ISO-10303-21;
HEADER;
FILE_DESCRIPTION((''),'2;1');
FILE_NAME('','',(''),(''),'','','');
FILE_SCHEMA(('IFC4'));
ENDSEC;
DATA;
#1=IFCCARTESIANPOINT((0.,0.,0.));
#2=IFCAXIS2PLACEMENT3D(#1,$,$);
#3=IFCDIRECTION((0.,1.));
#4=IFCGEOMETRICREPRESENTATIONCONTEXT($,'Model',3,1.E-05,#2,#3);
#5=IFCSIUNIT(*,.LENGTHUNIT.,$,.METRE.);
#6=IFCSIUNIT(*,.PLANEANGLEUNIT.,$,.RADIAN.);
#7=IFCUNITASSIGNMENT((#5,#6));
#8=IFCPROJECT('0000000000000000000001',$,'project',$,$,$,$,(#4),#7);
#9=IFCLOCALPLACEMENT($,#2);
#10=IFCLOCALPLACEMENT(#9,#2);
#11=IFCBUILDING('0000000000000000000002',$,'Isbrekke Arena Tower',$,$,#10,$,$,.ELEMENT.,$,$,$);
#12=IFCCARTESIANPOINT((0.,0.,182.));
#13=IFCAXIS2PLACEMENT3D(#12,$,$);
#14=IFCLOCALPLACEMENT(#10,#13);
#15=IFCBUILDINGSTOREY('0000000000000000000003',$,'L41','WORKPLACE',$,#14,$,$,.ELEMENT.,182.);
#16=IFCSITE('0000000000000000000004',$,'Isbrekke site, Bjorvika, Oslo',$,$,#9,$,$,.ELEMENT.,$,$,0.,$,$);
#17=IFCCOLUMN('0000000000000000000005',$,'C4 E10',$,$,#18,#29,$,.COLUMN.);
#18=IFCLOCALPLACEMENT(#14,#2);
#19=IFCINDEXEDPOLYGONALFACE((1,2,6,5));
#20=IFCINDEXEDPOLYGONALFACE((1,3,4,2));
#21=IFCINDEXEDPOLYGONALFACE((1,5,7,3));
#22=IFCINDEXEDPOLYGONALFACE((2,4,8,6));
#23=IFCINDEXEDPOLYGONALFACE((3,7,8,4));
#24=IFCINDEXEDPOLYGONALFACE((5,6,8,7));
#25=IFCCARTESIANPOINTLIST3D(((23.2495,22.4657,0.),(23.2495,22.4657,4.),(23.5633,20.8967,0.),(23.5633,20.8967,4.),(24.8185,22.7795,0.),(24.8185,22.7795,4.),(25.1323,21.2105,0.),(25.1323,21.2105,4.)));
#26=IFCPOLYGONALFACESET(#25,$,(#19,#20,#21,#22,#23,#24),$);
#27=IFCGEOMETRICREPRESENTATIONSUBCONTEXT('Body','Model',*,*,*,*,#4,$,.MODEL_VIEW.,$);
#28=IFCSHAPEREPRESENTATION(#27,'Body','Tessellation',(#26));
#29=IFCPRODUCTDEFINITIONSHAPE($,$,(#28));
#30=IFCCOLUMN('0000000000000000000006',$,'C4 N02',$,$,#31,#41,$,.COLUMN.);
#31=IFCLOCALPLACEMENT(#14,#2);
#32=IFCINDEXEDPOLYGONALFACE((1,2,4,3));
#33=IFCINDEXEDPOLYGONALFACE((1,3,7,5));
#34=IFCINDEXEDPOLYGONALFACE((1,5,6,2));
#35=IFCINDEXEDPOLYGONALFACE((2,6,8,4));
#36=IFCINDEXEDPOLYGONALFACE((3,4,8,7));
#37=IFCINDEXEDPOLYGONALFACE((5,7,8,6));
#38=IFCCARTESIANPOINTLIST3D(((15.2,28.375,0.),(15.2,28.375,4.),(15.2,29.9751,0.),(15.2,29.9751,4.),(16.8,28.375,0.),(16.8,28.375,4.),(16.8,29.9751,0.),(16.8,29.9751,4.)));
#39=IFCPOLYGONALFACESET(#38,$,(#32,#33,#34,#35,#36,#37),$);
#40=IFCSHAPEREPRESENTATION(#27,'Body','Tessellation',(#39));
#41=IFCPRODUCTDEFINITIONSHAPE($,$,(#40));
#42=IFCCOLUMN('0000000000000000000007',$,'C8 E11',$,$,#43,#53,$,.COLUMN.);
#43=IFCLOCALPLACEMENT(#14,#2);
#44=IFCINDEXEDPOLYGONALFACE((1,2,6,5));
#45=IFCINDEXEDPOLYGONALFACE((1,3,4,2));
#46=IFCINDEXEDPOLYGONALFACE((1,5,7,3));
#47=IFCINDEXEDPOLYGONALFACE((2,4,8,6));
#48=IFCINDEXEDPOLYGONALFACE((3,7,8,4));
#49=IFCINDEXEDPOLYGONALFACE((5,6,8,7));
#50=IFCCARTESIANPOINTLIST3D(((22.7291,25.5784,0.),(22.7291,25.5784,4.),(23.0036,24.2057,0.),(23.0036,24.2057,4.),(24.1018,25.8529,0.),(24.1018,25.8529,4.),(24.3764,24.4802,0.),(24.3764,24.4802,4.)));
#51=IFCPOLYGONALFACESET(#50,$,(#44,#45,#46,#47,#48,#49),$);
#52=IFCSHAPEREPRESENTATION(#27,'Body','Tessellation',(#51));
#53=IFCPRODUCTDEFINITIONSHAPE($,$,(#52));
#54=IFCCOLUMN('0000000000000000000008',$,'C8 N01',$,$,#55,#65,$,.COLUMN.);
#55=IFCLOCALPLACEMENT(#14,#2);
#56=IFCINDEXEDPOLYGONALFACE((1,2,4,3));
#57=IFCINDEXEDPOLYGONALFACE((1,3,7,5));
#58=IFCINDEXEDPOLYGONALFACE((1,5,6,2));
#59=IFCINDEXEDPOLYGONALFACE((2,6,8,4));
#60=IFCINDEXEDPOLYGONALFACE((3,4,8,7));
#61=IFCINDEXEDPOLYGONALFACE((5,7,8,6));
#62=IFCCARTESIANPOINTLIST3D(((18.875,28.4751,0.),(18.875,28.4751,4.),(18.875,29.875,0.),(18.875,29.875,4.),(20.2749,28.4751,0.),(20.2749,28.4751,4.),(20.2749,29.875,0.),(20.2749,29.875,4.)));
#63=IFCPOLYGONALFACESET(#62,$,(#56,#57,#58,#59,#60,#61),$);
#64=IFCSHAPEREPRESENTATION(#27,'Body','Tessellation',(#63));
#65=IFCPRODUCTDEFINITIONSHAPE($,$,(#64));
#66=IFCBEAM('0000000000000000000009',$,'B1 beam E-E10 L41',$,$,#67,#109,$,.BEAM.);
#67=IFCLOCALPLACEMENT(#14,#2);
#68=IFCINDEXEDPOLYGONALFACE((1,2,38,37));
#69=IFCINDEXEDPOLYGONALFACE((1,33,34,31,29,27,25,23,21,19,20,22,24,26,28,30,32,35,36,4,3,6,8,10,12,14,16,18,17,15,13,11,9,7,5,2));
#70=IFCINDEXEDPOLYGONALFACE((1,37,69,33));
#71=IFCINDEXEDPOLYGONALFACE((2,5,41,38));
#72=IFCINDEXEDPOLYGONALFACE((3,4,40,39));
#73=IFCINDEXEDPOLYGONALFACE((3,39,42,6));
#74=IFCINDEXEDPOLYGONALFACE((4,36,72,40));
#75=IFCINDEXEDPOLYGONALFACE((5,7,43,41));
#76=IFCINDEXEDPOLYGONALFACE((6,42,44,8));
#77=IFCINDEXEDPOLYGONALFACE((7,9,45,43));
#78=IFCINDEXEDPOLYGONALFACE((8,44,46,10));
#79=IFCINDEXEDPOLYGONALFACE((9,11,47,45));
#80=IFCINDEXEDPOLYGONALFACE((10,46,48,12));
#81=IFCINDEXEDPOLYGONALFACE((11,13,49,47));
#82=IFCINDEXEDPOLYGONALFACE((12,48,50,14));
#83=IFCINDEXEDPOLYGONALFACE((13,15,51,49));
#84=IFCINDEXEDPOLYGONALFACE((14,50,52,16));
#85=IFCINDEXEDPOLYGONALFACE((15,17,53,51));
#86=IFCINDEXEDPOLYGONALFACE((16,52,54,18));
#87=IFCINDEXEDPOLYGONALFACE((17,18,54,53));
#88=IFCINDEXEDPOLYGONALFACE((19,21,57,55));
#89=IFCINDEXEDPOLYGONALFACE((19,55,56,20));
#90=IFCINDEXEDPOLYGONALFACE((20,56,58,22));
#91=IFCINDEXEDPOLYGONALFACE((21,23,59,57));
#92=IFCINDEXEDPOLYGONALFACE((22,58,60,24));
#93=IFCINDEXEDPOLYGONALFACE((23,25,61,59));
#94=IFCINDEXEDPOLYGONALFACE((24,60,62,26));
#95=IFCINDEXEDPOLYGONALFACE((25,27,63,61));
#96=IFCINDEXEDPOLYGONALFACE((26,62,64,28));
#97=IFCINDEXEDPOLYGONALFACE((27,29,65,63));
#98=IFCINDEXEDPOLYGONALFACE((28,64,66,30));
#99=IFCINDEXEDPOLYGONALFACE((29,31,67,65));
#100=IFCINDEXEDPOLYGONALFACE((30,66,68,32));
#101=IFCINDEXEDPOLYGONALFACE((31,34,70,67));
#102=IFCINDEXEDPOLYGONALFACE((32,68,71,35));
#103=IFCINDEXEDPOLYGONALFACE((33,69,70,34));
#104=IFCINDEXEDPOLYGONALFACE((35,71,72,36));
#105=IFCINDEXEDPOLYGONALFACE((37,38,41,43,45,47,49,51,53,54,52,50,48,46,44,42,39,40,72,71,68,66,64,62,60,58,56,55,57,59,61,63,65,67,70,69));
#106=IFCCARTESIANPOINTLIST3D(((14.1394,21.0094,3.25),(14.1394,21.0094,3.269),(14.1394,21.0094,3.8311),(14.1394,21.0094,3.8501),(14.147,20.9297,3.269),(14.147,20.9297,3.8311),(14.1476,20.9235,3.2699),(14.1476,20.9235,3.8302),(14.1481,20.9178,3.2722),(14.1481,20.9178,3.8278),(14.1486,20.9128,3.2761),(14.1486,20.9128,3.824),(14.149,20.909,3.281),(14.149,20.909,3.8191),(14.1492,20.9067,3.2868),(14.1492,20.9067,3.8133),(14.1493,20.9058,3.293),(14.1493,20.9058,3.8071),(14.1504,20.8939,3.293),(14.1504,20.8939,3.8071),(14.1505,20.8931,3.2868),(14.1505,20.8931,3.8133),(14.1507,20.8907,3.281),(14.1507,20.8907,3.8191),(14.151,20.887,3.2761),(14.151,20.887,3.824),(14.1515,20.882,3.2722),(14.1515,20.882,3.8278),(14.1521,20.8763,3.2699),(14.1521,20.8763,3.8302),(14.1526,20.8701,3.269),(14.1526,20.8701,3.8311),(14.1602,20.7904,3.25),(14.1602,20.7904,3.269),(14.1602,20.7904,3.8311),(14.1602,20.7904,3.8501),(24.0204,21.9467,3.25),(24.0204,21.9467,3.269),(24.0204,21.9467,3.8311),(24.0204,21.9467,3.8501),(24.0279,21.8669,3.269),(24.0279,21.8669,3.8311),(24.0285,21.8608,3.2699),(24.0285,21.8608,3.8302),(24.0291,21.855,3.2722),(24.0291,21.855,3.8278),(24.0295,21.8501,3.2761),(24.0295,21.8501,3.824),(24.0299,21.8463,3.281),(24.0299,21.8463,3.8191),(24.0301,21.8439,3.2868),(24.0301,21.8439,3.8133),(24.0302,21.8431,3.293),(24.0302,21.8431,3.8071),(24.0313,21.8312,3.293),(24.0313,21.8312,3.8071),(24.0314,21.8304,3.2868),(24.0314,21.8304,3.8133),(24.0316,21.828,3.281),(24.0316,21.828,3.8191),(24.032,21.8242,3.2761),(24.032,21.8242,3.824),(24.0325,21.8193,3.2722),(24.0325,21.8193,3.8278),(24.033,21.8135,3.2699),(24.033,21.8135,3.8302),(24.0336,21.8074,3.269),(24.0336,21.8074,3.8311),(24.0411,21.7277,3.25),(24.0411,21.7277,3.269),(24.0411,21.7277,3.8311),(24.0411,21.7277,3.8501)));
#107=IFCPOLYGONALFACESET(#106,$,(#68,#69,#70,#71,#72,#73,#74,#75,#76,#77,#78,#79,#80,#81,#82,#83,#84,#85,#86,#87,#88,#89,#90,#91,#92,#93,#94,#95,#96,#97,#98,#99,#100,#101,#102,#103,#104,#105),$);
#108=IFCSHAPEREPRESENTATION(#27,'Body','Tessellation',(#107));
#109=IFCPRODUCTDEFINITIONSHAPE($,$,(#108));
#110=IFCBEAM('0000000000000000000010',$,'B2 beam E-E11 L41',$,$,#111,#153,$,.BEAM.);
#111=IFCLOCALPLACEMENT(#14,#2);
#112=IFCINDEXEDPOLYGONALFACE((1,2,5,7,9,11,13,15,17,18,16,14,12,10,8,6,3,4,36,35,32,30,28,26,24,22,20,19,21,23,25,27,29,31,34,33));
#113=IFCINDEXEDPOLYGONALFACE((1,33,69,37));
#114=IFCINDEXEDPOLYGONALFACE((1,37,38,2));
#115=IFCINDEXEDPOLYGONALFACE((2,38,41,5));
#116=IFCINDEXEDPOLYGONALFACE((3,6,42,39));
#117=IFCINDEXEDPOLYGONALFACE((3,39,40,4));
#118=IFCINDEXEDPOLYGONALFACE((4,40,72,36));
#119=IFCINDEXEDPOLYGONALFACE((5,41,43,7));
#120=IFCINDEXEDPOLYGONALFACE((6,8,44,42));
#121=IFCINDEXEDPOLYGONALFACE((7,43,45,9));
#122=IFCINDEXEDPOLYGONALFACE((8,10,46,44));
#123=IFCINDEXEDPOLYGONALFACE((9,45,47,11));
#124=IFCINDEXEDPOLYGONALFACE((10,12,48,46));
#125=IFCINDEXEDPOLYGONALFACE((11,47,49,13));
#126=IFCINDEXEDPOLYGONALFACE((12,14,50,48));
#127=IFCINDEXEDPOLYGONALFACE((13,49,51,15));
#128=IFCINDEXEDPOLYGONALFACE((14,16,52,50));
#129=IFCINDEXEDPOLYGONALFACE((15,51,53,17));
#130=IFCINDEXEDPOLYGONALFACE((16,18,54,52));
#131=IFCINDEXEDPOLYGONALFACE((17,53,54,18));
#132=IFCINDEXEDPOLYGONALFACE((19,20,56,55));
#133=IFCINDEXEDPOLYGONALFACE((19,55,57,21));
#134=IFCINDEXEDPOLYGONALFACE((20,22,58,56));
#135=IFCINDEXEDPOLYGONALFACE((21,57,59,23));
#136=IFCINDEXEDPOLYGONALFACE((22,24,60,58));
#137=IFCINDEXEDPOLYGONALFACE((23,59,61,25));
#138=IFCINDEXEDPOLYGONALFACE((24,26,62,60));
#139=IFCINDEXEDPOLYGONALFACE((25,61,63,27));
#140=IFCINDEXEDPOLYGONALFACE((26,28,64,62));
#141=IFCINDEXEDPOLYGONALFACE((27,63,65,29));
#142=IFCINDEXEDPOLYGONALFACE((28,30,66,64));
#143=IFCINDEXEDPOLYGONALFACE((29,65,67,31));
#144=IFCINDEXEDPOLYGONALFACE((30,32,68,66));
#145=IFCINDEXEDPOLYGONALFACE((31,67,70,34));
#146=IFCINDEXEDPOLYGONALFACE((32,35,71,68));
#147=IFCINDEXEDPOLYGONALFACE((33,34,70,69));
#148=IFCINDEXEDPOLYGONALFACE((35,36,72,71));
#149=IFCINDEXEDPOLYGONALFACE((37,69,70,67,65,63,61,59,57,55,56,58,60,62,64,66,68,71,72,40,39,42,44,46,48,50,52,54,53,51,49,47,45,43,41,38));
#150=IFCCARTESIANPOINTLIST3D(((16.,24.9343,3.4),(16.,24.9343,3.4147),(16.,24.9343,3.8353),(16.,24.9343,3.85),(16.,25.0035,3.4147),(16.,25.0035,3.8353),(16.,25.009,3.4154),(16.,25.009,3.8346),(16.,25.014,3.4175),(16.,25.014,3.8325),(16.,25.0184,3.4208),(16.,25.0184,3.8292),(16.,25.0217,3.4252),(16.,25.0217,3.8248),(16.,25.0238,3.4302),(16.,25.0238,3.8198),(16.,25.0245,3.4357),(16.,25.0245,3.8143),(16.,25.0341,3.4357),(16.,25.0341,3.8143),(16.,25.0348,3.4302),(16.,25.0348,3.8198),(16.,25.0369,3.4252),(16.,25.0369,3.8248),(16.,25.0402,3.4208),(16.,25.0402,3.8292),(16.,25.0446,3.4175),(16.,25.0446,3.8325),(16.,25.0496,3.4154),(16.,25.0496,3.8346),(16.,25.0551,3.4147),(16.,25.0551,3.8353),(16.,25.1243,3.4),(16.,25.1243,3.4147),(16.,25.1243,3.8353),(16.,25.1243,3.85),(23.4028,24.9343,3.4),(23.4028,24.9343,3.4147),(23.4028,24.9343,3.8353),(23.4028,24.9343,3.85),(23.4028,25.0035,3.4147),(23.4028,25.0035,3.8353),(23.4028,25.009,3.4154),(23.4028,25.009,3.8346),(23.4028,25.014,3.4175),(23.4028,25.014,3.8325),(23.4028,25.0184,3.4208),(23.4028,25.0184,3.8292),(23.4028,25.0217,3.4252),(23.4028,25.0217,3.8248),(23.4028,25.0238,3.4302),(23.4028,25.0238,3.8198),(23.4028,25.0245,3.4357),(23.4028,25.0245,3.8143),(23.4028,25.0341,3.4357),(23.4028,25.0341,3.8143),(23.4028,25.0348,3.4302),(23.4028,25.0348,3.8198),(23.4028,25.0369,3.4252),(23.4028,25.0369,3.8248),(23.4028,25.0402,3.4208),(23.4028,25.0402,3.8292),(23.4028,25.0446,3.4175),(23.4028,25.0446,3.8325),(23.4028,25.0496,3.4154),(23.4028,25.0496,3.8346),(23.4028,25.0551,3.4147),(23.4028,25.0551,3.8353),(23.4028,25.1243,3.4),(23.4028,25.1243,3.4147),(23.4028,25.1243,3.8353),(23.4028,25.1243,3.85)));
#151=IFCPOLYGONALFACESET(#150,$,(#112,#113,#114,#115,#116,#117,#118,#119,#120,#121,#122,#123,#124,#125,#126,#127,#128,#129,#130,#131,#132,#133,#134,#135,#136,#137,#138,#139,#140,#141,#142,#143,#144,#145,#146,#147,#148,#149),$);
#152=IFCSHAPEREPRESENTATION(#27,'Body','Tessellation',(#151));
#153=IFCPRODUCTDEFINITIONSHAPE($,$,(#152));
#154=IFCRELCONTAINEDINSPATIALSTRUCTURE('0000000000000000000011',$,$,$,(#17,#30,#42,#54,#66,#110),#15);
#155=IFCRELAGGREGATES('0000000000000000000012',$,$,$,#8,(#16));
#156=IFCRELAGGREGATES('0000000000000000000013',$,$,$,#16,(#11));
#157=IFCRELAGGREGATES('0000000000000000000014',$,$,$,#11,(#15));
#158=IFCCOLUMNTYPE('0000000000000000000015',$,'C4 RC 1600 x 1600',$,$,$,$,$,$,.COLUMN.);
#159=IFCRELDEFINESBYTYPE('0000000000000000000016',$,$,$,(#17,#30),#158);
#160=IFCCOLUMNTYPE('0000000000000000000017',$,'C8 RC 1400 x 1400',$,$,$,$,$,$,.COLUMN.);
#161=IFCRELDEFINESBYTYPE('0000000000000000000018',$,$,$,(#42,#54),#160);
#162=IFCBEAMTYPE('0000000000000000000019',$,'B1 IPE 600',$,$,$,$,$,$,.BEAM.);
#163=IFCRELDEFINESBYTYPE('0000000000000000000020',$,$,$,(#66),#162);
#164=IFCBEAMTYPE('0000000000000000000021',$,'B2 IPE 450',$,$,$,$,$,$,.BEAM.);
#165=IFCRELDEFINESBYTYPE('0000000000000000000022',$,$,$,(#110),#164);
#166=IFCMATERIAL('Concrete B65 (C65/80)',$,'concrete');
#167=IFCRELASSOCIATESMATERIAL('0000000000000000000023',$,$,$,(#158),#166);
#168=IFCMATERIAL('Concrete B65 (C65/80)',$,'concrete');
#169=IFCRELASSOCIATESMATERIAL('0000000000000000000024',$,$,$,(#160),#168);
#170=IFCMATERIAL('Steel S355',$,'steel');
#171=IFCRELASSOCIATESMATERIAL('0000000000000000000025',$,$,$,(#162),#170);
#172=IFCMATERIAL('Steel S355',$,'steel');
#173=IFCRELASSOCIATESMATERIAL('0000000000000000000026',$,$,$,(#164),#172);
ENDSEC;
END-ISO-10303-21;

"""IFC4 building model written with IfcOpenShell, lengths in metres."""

from ifc_helpers import new_model, si_unit, direction, frame, origin, origin_2d, place, context, subcontext, project, spatial, rectangle, i_section, extrude, material, material_profile, profile_set, type_object, element, save


model = new_model("IFC4")

# Units and contexts
model_context = context("Model", 3, precision=1e-05, world=origin(), true_north=direction((0.0, 1.0)))
body_context = subcontext(model_context, "Body", "Model", "MODEL_VIEW")
ifc_project = project(units=[si_unit("LENGTHUNIT", "METRE"), si_unit("PLANEANGLEUNIT", "RADIAN")], contexts=[model_context])

# Site, building, storey
site_placement = place(None, origin())
site = spatial("IfcSite", under=ifc_project, at=site_placement, Name="Isbrekke site, Bjorvika, Oslo", CompositionType="ELEMENT", RefElevation=0.0)
building_placement = place(site_placement, origin())
building = spatial("IfcBuilding", under=site, at=building_placement, Name="Isbrekke Arena Tower", CompositionType="ELEMENT")
storey_placement = place(building_placement, frame((0.0, 0.0, 182.0)))
storey = spatial("IfcBuildingStorey", under=building, at=storey_placement, Name="L41", Description="WORKPLACE", CompositionType="ELEMENT", Elevation=182.0)

# Columns
ifc_material_1 = material(Name="Concrete B65 (C65/80)", Category="concrete")
ifc_material_profile_1 = material_profile(ifc_material_1, rectangle(XDim=1.6001, YDim=1.6001, at=origin_2d()), Name="RC 1600x1600")
ifc_profile_set_1 = profile_set([ifc_material_profile_1], Name="Concrete B65 (C65/80)")
column_type_1 = type_object("IfcColumnType", Name="C4 RC 1600 x 1600", PredefinedType="COLUMN", material=ifc_profile_set_1)
for number, where, z_axis, x_axis, name in (
    (1, (24.1909, 21.8381, 0.0), (0.0, 0.0, 1.0), (-0.196116, 0.980581, 0.0), "C4 E10"),
    (2, (16.0, 29.175, 0.0), (0.0, 0.0, 1.0), (-1.0, 0.0, 0.0), "C4 N02"),
):
    element("IfcColumn", number, at=place(storey_placement, frame(where, z_axis=z_axis, x_axis=x_axis)), inside=storey, type_object=column_type_1, Name=name, PredefinedType="COLUMN", context=body_context, shape_type="SweptSolid", body=[
        extrude(rectangle(XDim=1.6001, YDim=1.6001, at=origin_2d()), origin(), (0.0, 0.0, 1.0), 4.0),
    ])
ifc_material_2 = material(Name="Concrete B65 (C65/80)", Category="concrete")
ifc_material_profile_2 = material_profile(ifc_material_2, rectangle(XDim=1.3999, YDim=1.3999, at=origin_2d()), Name="RC 1400x1400")
ifc_profile_set_2 = profile_set([ifc_material_profile_2], Name="Concrete B65 (C65/80)")
column_type_2 = type_object("IfcColumnType", Name="C8 RC 1400 x 1400", PredefinedType="COLUMN", material=ifc_profile_set_2)
for number, where, z_axis, x_axis, name in (
    (3, (23.5527, 25.0293, 0.0), (0.0, 0.0, 1.0), (-0.196116, 0.980581, 0.0), "C8 E11"),
    (4, (19.575, 29.175, 0.0), (0.0, 0.0, 1.0), (-1.0, 0.0, 0.0), "C8 N01"),
):
    element("IfcColumn", number, at=place(storey_placement, frame(where, z_axis=z_axis, x_axis=x_axis)), inside=storey, type_object=column_type_2, Name=name, PredefinedType="COLUMN", context=body_context, shape_type="SweptSolid", body=[
        extrude(rectangle(XDim=1.3999, YDim=1.3999, at=origin_2d()), origin(), (0.0, 0.0, 1.0), 4.0),
    ])

# Beams
ifc_material_3 = material(Name="Steel S355", Category="steel")
ifc_material_profile_3 = material_profile(ifc_material_3, i_section(OverallWidth=0.22, OverallDepth=0.6001, WebThickness=0.012, FlangeThickness=0.019, FilletRadius=0.0239, at=origin_2d()), Name="IPE 600")
ifc_profile_set_3 = profile_set([ifc_material_profile_3], Name="Steel S355")
beam_type_1 = type_object("IfcBeamType", Name="B1 IPE 600", PredefinedType="BEAM", material=ifc_profile_set_3)
beam_1_placement = place(storey_placement, frame((24.0308, 21.8372, 3.55), z_axis=(-0.995531, -0.094432, 0.0), x_axis=(0.094432, -0.995531, 0.0)))
element("IfcBeam", 5, at=beam_1_placement, inside=storey, type_object=beam_type_1, Name="B1 beam E-E10 L41", PredefinedType="BEAM", context=body_context, shape_type="SweptSolid", body=[
    extrude(i_section(OverallWidth=0.22, OverallDepth=0.6001, WebThickness=0.012, FlangeThickness=0.019, FilletRadius=0.0239, at=origin_2d()), origin(), (0.0, 0.0, 1.0), 9.9253),
])
ifc_material_4 = material(Name="Steel S355", Category="steel")
ifc_material_profile_4 = material_profile(ifc_material_4, i_section(OverallWidth=0.1899, OverallDepth=0.45, WebThickness=0.0095, FlangeThickness=0.0146, FilletRadius=0.021, at=origin_2d()), Name="IPE 450")
ifc_profile_set_4 = profile_set([ifc_material_profile_4], Name="Steel S355")
beam_type_2 = type_object("IfcBeamType", Name="B2 IPE 450", PredefinedType="BEAM", material=ifc_profile_set_4)
beam_2_placement = place(storey_placement, frame((23.4028, 25.0293, 3.625), z_axis=(-1.0, 0.0, 0.0), x_axis=(0.0, -1.0, 0.0)))
element("IfcBeam", 6, at=beam_2_placement, inside=storey, type_object=beam_type_2, Name="B2 beam E-E11 L41", PredefinedType="BEAM", context=body_context, shape_type="SweptSolid", body=[
    extrude(i_section(OverallWidth=0.1899, OverallDepth=0.45, WebThickness=0.0095, FlangeThickness=0.0146, FilletRadius=0.021, at=origin_2d()), origin(), (0.0, 0.0, 1.0), 7.4028),
])

save(model, "model.ifc")
